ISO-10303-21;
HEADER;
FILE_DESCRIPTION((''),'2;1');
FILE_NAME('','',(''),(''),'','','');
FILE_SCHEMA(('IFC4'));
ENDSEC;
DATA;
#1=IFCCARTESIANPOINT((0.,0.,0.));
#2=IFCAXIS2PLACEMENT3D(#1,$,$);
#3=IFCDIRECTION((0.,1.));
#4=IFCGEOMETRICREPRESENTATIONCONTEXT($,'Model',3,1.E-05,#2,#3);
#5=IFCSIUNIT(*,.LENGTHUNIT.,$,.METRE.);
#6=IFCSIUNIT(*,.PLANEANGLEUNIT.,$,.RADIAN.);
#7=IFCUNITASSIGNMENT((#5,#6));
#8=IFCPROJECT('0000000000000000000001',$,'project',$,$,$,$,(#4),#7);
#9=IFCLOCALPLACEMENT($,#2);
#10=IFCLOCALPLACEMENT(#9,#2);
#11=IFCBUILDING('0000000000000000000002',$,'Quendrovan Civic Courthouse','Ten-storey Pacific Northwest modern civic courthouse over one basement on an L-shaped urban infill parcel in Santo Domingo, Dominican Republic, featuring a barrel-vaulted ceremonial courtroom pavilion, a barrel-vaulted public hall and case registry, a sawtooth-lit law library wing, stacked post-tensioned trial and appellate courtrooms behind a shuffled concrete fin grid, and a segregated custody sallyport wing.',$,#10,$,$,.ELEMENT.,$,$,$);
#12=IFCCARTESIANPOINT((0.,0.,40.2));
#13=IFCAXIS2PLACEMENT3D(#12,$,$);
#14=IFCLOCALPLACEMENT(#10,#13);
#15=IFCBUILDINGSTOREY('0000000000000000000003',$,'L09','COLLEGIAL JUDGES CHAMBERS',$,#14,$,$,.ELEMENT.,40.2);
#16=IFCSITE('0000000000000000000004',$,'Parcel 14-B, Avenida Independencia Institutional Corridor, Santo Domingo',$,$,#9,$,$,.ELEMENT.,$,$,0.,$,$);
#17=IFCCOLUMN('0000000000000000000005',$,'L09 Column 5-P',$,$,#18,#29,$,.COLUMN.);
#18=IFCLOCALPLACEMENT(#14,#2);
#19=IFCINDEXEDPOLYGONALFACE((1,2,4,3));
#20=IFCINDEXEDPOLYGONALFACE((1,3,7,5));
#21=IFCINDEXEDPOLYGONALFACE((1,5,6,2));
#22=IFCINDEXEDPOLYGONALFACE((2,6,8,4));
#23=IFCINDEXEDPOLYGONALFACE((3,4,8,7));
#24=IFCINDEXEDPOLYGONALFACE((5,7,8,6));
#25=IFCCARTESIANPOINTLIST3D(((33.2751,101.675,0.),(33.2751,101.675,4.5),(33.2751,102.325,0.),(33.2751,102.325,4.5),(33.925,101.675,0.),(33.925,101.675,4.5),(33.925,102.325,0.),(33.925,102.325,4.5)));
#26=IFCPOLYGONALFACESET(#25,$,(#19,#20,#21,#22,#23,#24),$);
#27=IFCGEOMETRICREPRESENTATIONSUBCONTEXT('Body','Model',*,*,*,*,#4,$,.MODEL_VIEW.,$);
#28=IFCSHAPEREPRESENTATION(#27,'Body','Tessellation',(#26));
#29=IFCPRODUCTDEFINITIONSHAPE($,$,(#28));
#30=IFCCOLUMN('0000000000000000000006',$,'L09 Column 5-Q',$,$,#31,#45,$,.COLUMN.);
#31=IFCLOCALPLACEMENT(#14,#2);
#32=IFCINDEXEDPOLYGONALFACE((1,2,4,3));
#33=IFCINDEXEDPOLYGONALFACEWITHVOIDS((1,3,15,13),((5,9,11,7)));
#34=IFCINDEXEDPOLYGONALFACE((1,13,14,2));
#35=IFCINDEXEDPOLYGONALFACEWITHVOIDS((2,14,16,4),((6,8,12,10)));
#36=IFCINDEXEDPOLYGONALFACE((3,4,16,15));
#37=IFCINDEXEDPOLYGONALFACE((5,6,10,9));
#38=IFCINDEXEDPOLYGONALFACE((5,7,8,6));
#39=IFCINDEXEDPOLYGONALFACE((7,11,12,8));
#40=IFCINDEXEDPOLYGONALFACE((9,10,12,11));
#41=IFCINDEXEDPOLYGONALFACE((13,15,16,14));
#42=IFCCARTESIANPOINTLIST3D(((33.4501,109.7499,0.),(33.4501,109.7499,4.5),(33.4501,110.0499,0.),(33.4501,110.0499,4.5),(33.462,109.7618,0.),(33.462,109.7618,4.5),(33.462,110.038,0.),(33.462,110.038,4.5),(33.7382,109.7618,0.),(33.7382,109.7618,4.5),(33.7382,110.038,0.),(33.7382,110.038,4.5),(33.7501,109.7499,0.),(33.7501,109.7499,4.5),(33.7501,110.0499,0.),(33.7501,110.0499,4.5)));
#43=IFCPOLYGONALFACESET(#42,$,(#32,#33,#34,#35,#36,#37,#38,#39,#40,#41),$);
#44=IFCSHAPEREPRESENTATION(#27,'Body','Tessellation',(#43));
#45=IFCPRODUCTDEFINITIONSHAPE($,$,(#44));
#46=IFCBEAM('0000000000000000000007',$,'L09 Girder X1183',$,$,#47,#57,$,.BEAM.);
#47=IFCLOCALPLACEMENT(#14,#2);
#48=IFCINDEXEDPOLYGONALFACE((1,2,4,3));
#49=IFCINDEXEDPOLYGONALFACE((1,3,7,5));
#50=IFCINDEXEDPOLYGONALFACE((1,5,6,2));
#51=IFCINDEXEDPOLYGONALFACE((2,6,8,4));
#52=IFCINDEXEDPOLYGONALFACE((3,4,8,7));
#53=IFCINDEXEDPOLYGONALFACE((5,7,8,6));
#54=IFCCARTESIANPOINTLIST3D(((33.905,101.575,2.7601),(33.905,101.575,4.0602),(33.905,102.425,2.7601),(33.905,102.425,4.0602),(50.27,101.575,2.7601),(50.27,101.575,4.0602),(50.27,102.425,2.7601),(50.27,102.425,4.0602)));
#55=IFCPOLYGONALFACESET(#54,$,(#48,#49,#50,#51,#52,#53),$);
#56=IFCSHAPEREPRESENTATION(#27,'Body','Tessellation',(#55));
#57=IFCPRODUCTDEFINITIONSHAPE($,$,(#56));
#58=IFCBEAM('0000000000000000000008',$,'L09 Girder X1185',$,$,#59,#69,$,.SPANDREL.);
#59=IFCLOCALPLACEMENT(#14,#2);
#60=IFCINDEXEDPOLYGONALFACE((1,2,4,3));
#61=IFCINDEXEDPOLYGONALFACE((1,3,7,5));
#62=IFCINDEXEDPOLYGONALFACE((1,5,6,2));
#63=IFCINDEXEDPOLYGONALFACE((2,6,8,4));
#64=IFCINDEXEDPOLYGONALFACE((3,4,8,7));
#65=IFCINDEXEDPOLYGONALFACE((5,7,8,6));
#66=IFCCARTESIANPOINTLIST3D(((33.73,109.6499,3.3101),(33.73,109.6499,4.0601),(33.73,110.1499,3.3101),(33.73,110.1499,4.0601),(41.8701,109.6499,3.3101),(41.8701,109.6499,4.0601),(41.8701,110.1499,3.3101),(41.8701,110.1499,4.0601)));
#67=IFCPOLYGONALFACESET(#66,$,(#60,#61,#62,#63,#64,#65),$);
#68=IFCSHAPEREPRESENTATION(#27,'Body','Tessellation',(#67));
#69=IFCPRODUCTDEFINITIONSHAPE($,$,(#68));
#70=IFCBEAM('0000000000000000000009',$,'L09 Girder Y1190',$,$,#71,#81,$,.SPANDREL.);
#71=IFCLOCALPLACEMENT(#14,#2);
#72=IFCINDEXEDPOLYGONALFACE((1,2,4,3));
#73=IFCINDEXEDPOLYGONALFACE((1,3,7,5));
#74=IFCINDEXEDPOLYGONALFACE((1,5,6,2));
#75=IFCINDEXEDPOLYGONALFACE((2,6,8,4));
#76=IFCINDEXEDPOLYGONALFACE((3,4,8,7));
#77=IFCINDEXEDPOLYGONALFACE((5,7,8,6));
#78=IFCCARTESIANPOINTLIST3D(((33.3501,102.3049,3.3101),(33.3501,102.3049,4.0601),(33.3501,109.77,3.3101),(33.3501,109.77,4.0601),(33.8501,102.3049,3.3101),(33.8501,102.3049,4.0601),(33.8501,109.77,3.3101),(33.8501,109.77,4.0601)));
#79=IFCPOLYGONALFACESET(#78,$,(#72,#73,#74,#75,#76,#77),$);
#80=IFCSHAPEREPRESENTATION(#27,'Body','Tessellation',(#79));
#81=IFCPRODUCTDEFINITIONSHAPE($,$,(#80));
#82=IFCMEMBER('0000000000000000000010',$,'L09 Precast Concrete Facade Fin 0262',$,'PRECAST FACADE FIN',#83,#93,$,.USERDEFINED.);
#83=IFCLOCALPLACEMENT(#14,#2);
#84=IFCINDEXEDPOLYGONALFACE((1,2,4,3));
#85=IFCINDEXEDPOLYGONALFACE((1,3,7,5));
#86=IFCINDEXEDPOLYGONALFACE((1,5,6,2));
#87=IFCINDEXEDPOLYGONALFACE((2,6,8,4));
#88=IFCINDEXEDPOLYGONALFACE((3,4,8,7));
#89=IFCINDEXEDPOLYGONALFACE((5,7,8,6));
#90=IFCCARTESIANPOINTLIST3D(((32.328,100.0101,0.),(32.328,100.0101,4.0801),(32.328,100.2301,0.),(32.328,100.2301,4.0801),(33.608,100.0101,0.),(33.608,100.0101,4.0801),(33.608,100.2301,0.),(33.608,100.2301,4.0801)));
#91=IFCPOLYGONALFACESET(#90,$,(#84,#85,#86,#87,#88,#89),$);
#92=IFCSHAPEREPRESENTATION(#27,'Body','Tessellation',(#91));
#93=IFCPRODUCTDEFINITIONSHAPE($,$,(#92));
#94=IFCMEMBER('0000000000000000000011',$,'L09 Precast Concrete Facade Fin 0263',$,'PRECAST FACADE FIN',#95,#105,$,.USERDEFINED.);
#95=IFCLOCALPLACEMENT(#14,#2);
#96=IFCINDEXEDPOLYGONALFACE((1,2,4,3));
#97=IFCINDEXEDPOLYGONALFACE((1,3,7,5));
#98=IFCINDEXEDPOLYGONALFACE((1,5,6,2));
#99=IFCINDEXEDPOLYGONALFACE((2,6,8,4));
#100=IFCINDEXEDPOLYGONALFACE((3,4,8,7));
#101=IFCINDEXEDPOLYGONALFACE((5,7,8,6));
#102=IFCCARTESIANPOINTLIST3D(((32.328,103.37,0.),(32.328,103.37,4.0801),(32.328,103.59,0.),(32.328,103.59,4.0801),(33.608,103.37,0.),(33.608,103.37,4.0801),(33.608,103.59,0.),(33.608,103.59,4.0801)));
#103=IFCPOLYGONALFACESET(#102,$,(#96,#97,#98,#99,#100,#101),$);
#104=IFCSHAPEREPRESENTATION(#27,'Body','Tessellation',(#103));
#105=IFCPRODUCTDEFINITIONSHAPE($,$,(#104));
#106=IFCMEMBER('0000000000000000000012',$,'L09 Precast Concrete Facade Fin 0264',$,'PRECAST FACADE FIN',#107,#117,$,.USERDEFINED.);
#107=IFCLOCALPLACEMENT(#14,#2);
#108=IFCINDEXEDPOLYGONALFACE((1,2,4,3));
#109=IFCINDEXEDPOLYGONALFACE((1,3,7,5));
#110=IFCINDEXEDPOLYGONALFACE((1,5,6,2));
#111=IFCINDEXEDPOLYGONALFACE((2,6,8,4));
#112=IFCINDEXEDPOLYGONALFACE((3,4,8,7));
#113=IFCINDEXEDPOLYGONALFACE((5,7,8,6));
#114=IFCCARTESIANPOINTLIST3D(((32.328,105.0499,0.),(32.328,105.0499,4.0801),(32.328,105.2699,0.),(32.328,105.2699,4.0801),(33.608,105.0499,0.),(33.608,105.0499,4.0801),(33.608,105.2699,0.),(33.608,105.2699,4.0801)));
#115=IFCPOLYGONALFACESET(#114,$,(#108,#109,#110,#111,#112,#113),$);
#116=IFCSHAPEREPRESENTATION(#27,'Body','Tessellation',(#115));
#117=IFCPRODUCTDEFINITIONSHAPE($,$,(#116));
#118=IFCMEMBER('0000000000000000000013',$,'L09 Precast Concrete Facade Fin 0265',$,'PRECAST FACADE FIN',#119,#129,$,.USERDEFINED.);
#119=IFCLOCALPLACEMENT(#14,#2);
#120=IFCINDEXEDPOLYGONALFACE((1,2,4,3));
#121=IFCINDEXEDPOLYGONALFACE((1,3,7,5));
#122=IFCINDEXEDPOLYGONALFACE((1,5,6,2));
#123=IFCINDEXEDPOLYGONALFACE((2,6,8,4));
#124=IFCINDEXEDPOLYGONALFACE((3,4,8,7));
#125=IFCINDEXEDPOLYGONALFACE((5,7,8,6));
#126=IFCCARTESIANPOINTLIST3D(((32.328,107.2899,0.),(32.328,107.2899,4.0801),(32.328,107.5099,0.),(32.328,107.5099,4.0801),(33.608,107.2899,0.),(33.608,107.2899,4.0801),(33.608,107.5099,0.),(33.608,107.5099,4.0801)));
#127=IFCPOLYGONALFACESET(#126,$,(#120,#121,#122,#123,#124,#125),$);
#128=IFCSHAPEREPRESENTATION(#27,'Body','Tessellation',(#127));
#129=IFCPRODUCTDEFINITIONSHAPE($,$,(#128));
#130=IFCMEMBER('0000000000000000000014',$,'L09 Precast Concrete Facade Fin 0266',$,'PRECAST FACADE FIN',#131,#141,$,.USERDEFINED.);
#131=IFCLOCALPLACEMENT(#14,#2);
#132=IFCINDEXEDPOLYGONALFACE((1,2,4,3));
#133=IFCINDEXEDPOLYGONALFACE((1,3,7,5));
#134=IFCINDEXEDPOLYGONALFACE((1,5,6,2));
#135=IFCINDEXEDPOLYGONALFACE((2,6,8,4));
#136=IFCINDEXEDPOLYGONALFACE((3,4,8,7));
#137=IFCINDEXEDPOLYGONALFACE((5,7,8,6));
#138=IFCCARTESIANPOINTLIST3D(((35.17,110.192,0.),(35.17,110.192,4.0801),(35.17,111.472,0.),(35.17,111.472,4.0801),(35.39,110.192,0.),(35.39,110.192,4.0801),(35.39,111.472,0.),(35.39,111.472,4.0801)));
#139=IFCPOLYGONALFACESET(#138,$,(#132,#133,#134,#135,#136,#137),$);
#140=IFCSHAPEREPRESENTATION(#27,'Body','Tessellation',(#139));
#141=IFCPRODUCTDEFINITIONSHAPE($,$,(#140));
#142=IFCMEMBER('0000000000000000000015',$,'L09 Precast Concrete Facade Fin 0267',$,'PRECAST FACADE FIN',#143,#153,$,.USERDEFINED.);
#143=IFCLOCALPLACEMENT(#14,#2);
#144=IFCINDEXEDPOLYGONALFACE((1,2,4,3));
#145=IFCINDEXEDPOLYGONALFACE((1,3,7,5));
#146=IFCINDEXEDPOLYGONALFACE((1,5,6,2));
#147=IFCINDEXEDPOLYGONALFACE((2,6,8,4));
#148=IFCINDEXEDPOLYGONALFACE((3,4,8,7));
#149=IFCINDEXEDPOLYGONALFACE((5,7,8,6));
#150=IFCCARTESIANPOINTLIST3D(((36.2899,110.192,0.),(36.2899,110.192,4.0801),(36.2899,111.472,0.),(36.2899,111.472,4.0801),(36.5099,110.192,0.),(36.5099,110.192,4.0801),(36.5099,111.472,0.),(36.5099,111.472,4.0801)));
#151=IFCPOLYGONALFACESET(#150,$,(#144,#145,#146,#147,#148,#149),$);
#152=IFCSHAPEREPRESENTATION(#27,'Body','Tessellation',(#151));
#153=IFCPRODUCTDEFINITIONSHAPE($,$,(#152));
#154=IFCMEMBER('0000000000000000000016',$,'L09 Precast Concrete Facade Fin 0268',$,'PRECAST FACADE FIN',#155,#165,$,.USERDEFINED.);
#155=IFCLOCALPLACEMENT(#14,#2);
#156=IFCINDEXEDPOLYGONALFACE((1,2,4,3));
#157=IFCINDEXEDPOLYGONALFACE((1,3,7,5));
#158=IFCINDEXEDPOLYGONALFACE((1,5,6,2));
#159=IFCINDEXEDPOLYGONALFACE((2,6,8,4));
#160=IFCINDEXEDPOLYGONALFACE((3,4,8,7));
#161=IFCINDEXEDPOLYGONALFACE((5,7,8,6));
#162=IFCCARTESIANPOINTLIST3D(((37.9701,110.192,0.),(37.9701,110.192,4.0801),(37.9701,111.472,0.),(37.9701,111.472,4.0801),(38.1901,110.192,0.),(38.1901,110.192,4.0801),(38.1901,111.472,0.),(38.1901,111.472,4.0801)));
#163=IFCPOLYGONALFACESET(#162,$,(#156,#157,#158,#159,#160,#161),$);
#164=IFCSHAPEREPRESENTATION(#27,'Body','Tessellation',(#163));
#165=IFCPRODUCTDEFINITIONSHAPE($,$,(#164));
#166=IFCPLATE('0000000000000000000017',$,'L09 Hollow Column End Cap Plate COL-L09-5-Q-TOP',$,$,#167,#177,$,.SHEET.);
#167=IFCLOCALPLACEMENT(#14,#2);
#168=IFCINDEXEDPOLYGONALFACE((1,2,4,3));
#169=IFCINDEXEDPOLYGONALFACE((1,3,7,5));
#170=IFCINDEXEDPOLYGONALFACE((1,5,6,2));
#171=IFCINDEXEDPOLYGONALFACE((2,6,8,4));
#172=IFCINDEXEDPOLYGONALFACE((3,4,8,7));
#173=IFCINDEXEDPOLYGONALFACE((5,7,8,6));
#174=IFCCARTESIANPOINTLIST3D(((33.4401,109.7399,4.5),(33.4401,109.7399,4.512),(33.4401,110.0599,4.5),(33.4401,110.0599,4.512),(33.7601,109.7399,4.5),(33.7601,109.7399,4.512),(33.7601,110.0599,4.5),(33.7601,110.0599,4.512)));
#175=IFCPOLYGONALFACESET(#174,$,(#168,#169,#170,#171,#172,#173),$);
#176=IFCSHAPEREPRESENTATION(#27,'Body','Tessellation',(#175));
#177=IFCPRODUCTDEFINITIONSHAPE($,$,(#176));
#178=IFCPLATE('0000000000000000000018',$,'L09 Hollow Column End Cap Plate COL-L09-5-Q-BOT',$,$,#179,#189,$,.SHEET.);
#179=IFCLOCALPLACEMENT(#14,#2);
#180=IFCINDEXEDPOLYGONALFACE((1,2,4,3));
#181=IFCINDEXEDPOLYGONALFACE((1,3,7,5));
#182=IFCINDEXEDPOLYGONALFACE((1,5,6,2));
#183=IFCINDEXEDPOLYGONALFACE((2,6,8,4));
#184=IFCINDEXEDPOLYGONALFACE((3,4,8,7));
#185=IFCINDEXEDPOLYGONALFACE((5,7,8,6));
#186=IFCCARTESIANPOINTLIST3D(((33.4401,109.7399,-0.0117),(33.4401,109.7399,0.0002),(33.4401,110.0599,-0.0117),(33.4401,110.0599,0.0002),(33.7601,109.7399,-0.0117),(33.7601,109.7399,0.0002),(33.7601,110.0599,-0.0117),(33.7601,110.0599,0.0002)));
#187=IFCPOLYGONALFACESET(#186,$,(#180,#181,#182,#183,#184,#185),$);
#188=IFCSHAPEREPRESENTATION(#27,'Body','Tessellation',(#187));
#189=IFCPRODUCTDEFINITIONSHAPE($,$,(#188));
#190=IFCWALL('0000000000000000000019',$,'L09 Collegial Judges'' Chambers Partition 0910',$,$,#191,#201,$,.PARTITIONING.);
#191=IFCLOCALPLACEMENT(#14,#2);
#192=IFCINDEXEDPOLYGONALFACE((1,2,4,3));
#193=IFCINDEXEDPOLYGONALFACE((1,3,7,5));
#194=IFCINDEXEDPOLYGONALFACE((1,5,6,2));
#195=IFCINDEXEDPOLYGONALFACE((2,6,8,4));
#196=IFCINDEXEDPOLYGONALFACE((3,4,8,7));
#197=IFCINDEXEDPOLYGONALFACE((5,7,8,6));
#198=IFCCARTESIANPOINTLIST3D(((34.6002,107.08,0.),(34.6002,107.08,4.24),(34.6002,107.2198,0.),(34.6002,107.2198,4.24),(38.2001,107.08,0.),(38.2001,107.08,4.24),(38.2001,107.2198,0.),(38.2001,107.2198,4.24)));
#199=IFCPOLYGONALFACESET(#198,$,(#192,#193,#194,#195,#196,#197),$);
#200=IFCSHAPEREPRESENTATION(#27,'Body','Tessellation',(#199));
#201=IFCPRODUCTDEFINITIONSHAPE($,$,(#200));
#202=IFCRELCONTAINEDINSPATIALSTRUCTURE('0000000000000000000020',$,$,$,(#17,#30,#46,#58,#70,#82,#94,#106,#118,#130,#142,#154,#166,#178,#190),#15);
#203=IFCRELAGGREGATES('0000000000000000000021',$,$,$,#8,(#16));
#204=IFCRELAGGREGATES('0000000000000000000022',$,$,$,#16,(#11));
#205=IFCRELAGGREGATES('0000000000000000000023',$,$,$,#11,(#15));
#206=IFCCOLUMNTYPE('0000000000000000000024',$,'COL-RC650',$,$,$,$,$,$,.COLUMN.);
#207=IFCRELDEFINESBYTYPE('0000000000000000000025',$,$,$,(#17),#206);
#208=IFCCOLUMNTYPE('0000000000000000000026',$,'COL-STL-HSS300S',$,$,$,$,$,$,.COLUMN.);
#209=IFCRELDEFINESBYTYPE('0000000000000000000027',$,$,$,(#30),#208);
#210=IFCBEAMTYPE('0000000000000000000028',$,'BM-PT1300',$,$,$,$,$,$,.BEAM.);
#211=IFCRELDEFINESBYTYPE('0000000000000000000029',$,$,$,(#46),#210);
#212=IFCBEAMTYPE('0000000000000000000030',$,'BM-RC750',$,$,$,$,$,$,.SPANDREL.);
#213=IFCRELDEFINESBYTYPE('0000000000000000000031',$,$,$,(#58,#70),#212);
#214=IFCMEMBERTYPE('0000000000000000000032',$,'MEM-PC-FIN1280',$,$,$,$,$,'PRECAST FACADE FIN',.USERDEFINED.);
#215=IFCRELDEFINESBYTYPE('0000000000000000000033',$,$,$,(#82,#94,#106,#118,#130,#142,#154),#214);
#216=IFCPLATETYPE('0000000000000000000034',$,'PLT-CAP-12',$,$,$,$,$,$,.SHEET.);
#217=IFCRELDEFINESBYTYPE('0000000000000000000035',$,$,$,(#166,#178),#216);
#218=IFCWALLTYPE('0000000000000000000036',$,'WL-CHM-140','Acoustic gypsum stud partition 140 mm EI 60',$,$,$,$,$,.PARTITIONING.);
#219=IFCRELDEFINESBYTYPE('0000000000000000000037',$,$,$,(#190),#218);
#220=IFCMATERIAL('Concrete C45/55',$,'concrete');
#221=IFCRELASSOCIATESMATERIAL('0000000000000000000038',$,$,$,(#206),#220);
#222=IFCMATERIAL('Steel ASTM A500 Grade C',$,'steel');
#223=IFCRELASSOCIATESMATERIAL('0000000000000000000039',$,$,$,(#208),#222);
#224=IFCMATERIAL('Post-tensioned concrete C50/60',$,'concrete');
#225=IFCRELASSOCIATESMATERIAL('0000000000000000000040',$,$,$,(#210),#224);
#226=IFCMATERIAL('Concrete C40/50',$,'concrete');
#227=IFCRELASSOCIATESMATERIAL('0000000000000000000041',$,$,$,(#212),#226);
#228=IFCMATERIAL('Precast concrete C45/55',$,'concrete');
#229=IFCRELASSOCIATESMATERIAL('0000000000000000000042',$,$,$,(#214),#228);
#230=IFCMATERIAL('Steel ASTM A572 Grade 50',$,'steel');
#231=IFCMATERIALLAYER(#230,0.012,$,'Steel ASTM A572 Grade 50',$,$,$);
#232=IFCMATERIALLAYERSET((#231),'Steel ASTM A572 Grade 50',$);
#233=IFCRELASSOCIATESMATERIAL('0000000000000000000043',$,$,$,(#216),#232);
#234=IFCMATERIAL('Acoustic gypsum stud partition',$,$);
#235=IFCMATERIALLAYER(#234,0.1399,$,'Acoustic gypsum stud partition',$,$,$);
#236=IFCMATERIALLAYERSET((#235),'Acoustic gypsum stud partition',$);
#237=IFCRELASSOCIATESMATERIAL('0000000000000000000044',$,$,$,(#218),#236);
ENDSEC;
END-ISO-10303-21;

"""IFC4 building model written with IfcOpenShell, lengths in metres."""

from ifc_helpers import new_model, si_unit, direction, frame, frame_2d, origin, origin_2d, place, context, subcontext, project, spatial, rectangle, hollow_rectangle, extrude, material, layer, layer_set, material_profile, profile_set, type_object, element, save


model = new_model("IFC4")

# Units and contexts
model_context = context("Model", 3, precision=1e-05, world=origin(), true_north=direction((0.0, 1.0)))
body_context = subcontext(model_context, "Body", "Model", "MODEL_VIEW")
ifc_project = project(units=[si_unit("LENGTHUNIT", "METRE"), si_unit("PLANEANGLEUNIT", "RADIAN")], contexts=[model_context])

# Site, building, storey
site_placement = place(None, origin())
site = spatial("IfcSite", under=ifc_project, at=site_placement, Name="Parcel 14-B, Avenida Independencia Institutional Corridor, Santo Domingo", CompositionType="ELEMENT", RefElevation=0.0)
building_placement = place(site_placement, origin())
building = spatial("IfcBuilding", under=site, at=building_placement, Name="Quendrovan Civic Courthouse", Description="Ten-storey Pacific Northwest modern civic courthouse over one basement on an L-shaped urban infill parcel in Santo Domingo, Dominican Republic, featuring a barrel-vaulted ceremonial courtroom pavilion, a barrel-vaulted public hall and case registry, a sawtooth-lit law library wing, stacked post-tensioned trial and appellate courtrooms behind a shuffled concrete fin grid, and a segregated custody sallyport wing.", CompositionType="ELEMENT")
storey_placement = place(building_placement, frame((0.0, 0.0, 40.2)))
storey = spatial("IfcBuildingStorey", under=building, at=storey_placement, Name="L09", Description="COLLEGIAL JUDGES CHAMBERS", CompositionType="ELEMENT", Elevation=40.2)

# Columns
ifc_material_1 = material(Name="Concrete C45/55", Category="concrete")
ifc_material_profile_1 = material_profile(ifc_material_1, rectangle(XDim=0.6499, YDim=0.6499, at=origin_2d()), Name="RC-COL-650x650")
ifc_profile_set_1 = profile_set([ifc_material_profile_1], Name="Concrete C45/55")
column_type_1 = type_object("IfcColumnType", Name="COL-RC650", PredefinedType="COLUMN", material=ifc_profile_set_1)
column_1_placement = place(storey_placement, frame((33.6001, 102.0, 0.0), z_axis=(0.0, 0.0, 1.0), x_axis=(1.0, 0.0, 0.0)))
element("IfcColumn", 1, at=column_1_placement, inside=storey, type_object=column_type_1, Name="L09 Column 5-P", PredefinedType="COLUMN", context=body_context, shape_type="SweptSolid", body=[
    extrude(rectangle(XDim=0.6499, YDim=0.6499, at=origin_2d()), origin(), (0.0, 0.0, 1.0), 4.5),
])
ifc_material_2 = material(Name="Steel ASTM A500 Grade C", Category="steel")
ifc_material_profile_2 = material_profile(ifc_material_2, hollow_rectangle(XDim=0.3, YDim=0.3, WallThickness=0.012, at=origin_2d()), Name="HSS300x300x12")
ifc_profile_set_2 = profile_set([ifc_material_profile_2], Name="Steel ASTM A500 Grade C")
column_type_2 = type_object("IfcColumnType", Name="COL-STL-HSS300S", PredefinedType="COLUMN", material=ifc_profile_set_2)
column_2_placement = place(storey_placement, frame((33.6001, 109.8999, 0.0), z_axis=(0.0, 0.0, 1.0), x_axis=(1.0, 0.0, 0.0)))
element("IfcColumn", 2, at=column_2_placement, inside=storey, type_object=column_type_2, Name="L09 Column 5-Q", PredefinedType="COLUMN", context=body_context, shape_type="SweptSolid", body=[
    extrude(hollow_rectangle(XDim=0.3, YDim=0.3, WallThickness=0.012, at=origin_2d()), origin(), (0.0, 0.0, 1.0), 4.5),
])

# Beams
ifc_material_3 = material(Name="Post-tensioned concrete C50/60", Category="concrete")
ifc_material_profile_3 = material_profile(ifc_material_3, rectangle(XDim=0.8501, YDim=1.3, at=origin_2d()), Name="PT-GRD-850x1300")
ifc_profile_set_3 = profile_set([ifc_material_profile_3], Name="Post-tensioned concrete C50/60")
beam_type_1 = type_object("IfcBeamType", Name="BM-PT1300", PredefinedType="BEAM", material=ifc_profile_set_3)
beam_1_placement = place(storey_placement, frame((33.905, 102.0, 3.4102), z_axis=(1.0, 0.0, 0.0), x_axis=(0.0, 1.0, 0.0)))
element("IfcBeam", 3, at=beam_1_placement, inside=storey, type_object=beam_type_1, Name="L09 Girder X1183", PredefinedType="BEAM", context=body_context, shape_type="SweptSolid", body=[
    extrude(rectangle(XDim=0.8501, YDim=1.3, at=origin_2d()), origin(), (0.0, 0.0, 1.0), 16.365),
])
ifc_material_4 = material(Name="Concrete C40/50", Category="concrete")
ifc_material_profile_4 = material_profile(ifc_material_4, rectangle(XDim=0.5, YDim=0.75, at=origin_2d()), Name="RC-BM-500x750")
ifc_profile_set_4 = profile_set([ifc_material_profile_4], Name="Concrete C40/50")
beam_type_2 = type_object("IfcBeamType", Name="BM-RC750", PredefinedType="SPANDREL", material=ifc_profile_set_4)
beam_2_placement = place(storey_placement, frame((33.73, 109.8999, 3.6851), z_axis=(1.0, 0.0, 0.0), x_axis=(0.0, 1.0, 0.0)))
element("IfcBeam", 4, at=beam_2_placement, inside=storey, type_object=beam_type_2, Name="L09 Girder X1185", PredefinedType="SPANDREL", context=body_context, shape_type="SweptSolid", body=[
    extrude(rectangle(XDim=0.5, YDim=0.75, at=origin_2d()), origin(), (0.0, 0.0, 1.0), 8.1401),
])
beam_3_placement = place(storey_placement, frame((33.6001, 102.3049, 3.6851), z_axis=(0.0, 1.0, 0.0), x_axis=(-1.0, 0.0, 0.0)))
element("IfcBeam", 5, at=beam_3_placement, inside=storey, type_object=beam_type_2, Name="L09 Girder Y1190", PredefinedType="SPANDREL", context=body_context, shape_type="SweptSolid", body=[
    extrude(rectangle(XDim=0.5, YDim=0.75, at=origin_2d()), origin(), (0.0, 0.0, 1.0), 7.4651),
])

# Members
ifc_material_5 = material(Name="Precast concrete C45/55", Category="concrete")
ifc_material_profile_5 = material_profile(ifc_material_5, rectangle(XDim=0.22, YDim=1.28, at=origin_2d()), Name="PC-FIN-220x1280")
ifc_profile_set_5 = profile_set([ifc_material_profile_5], Name="Precast concrete C45/55")
member_type = type_object("IfcMemberType", Name="MEM-PC-FIN1280", ElementType="PRECAST FACADE FIN", PredefinedType="USERDEFINED", material=ifc_profile_set_5)
for number, where, z_axis, x_axis, name in (
    (6, (32.968, 100.1201, 0.0), (0.0, 0.0, 1.0), (0.0, 1.0, 0.0), "L09 Precast Concrete Facade Fin 0262"),
    (7, (32.968, 103.48, 0.0), (0.0, 0.0, 1.0), (0.0, 1.0, 0.0), "L09 Precast Concrete Facade Fin 0263"),
    (8, (32.968, 105.1599, 0.0), (0.0, 0.0, 1.0), (0.0, 1.0, 0.0), "L09 Precast Concrete Facade Fin 0264"),
    (9, (32.968, 107.3999, 0.0), (0.0, 0.0, 1.0), (0.0, 1.0, 0.0), "L09 Precast Concrete Facade Fin 0265"),
    (10, (35.28, 110.832, 0.0), (0.0, 0.0, 1.0), (1.0, 0.0, 0.0), "L09 Precast Concrete Facade Fin 0266"),
    (11, (36.3999, 110.832, 0.0), (0.0, 0.0, 1.0), (1.0, 0.0, 0.0), "L09 Precast Concrete Facade Fin 0267"),
    (12, (38.0801, 110.832, 0.0), (0.0, 0.0, 1.0), (1.0, 0.0, 0.0), "L09 Precast Concrete Facade Fin 0268"),
):
    element("IfcMember", number, at=place(storey_placement, frame(where, z_axis=z_axis, x_axis=x_axis)), inside=storey, type_object=member_type, Name=name, ObjectType="PRECAST FACADE FIN", PredefinedType="USERDEFINED", context=body_context, shape_type="SweptSolid", body=[
        extrude(rectangle(XDim=0.22, YDim=1.28, at=origin_2d()), origin(), (0.0, 0.0, 1.0), 4.0801),
    ])

# Plates
ifc_material_6 = material(Name="Steel ASTM A572 Grade 50", Category="steel")
ifc_layer_1 = layer(ifc_material_6, 0.012, Name="Steel ASTM A572 Grade 50")
ifc_layer_set_1 = layer_set([ifc_layer_1], Name="Steel ASTM A572 Grade 50")
plate_type = type_object("IfcPlateType", Name="PLT-CAP-12", PredefinedType="SHEET", material=ifc_layer_set_1)
for number, where, z_axis, x_axis, name in (
    (13, (33.6001, 109.8999, 4.5), (0.0, 0.0, 1.0), (1.0, 0.0, 0.0), "L09 Hollow Column End Cap Plate COL-L09-5-Q-TOP"),
    (14, (33.6001, 109.8999, -0.0117), (0.0, 0.0, 1.0), (1.0, 0.0, 0.0), "L09 Hollow Column End Cap Plate COL-L09-5-Q-BOT"),
):
    element("IfcPlate", number, at=place(storey_placement, frame(where, z_axis=z_axis, x_axis=x_axis)), inside=storey, type_object=plate_type, Name=name, PredefinedType="SHEET", context=body_context, shape_type="SweptSolid", body=[
        extrude(rectangle(XDim=0.3201, YDim=0.3201, at=origin_2d()), origin(), (0.0, 0.0, 1.0), 0.012),
    ])

# Wall
ifc_material_7 = material(Name="Acoustic gypsum stud partition")
ifc_layer_2 = layer(ifc_material_7, 0.1399, Name="Acoustic gypsum stud partition")
ifc_layer_set_2 = layer_set([ifc_layer_2], Name="Acoustic gypsum stud partition")
wall_type_1 = type_object("IfcWallType", Name="WL-CHM-140", Description="Acoustic gypsum stud partition 140 mm EI 60", PredefinedType="PARTITIONING", material=ifc_layer_set_2)
wall_1_placement = place(storey_placement, frame((38.2, 107.1499, 0.0), z_axis=(0.0, 0.0, 1.0), x_axis=(-1.0, 0.0, 0.0)))
element("IfcWall", 15, at=wall_1_placement, inside=storey, type_object=wall_type_1, Name="L09 Collegial Judges' Chambers Partition 0910", PredefinedType="PARTITIONING", context=body_context, shape_type="SweptSolid", body=[
    extrude(rectangle(XDim=3.5999, YDim=0.1399, at=frame_2d((1.7998, 0.0))), origin(), (0.0, 0.0, 1.0), 4.24),
])

save(model, "model.ifc")
